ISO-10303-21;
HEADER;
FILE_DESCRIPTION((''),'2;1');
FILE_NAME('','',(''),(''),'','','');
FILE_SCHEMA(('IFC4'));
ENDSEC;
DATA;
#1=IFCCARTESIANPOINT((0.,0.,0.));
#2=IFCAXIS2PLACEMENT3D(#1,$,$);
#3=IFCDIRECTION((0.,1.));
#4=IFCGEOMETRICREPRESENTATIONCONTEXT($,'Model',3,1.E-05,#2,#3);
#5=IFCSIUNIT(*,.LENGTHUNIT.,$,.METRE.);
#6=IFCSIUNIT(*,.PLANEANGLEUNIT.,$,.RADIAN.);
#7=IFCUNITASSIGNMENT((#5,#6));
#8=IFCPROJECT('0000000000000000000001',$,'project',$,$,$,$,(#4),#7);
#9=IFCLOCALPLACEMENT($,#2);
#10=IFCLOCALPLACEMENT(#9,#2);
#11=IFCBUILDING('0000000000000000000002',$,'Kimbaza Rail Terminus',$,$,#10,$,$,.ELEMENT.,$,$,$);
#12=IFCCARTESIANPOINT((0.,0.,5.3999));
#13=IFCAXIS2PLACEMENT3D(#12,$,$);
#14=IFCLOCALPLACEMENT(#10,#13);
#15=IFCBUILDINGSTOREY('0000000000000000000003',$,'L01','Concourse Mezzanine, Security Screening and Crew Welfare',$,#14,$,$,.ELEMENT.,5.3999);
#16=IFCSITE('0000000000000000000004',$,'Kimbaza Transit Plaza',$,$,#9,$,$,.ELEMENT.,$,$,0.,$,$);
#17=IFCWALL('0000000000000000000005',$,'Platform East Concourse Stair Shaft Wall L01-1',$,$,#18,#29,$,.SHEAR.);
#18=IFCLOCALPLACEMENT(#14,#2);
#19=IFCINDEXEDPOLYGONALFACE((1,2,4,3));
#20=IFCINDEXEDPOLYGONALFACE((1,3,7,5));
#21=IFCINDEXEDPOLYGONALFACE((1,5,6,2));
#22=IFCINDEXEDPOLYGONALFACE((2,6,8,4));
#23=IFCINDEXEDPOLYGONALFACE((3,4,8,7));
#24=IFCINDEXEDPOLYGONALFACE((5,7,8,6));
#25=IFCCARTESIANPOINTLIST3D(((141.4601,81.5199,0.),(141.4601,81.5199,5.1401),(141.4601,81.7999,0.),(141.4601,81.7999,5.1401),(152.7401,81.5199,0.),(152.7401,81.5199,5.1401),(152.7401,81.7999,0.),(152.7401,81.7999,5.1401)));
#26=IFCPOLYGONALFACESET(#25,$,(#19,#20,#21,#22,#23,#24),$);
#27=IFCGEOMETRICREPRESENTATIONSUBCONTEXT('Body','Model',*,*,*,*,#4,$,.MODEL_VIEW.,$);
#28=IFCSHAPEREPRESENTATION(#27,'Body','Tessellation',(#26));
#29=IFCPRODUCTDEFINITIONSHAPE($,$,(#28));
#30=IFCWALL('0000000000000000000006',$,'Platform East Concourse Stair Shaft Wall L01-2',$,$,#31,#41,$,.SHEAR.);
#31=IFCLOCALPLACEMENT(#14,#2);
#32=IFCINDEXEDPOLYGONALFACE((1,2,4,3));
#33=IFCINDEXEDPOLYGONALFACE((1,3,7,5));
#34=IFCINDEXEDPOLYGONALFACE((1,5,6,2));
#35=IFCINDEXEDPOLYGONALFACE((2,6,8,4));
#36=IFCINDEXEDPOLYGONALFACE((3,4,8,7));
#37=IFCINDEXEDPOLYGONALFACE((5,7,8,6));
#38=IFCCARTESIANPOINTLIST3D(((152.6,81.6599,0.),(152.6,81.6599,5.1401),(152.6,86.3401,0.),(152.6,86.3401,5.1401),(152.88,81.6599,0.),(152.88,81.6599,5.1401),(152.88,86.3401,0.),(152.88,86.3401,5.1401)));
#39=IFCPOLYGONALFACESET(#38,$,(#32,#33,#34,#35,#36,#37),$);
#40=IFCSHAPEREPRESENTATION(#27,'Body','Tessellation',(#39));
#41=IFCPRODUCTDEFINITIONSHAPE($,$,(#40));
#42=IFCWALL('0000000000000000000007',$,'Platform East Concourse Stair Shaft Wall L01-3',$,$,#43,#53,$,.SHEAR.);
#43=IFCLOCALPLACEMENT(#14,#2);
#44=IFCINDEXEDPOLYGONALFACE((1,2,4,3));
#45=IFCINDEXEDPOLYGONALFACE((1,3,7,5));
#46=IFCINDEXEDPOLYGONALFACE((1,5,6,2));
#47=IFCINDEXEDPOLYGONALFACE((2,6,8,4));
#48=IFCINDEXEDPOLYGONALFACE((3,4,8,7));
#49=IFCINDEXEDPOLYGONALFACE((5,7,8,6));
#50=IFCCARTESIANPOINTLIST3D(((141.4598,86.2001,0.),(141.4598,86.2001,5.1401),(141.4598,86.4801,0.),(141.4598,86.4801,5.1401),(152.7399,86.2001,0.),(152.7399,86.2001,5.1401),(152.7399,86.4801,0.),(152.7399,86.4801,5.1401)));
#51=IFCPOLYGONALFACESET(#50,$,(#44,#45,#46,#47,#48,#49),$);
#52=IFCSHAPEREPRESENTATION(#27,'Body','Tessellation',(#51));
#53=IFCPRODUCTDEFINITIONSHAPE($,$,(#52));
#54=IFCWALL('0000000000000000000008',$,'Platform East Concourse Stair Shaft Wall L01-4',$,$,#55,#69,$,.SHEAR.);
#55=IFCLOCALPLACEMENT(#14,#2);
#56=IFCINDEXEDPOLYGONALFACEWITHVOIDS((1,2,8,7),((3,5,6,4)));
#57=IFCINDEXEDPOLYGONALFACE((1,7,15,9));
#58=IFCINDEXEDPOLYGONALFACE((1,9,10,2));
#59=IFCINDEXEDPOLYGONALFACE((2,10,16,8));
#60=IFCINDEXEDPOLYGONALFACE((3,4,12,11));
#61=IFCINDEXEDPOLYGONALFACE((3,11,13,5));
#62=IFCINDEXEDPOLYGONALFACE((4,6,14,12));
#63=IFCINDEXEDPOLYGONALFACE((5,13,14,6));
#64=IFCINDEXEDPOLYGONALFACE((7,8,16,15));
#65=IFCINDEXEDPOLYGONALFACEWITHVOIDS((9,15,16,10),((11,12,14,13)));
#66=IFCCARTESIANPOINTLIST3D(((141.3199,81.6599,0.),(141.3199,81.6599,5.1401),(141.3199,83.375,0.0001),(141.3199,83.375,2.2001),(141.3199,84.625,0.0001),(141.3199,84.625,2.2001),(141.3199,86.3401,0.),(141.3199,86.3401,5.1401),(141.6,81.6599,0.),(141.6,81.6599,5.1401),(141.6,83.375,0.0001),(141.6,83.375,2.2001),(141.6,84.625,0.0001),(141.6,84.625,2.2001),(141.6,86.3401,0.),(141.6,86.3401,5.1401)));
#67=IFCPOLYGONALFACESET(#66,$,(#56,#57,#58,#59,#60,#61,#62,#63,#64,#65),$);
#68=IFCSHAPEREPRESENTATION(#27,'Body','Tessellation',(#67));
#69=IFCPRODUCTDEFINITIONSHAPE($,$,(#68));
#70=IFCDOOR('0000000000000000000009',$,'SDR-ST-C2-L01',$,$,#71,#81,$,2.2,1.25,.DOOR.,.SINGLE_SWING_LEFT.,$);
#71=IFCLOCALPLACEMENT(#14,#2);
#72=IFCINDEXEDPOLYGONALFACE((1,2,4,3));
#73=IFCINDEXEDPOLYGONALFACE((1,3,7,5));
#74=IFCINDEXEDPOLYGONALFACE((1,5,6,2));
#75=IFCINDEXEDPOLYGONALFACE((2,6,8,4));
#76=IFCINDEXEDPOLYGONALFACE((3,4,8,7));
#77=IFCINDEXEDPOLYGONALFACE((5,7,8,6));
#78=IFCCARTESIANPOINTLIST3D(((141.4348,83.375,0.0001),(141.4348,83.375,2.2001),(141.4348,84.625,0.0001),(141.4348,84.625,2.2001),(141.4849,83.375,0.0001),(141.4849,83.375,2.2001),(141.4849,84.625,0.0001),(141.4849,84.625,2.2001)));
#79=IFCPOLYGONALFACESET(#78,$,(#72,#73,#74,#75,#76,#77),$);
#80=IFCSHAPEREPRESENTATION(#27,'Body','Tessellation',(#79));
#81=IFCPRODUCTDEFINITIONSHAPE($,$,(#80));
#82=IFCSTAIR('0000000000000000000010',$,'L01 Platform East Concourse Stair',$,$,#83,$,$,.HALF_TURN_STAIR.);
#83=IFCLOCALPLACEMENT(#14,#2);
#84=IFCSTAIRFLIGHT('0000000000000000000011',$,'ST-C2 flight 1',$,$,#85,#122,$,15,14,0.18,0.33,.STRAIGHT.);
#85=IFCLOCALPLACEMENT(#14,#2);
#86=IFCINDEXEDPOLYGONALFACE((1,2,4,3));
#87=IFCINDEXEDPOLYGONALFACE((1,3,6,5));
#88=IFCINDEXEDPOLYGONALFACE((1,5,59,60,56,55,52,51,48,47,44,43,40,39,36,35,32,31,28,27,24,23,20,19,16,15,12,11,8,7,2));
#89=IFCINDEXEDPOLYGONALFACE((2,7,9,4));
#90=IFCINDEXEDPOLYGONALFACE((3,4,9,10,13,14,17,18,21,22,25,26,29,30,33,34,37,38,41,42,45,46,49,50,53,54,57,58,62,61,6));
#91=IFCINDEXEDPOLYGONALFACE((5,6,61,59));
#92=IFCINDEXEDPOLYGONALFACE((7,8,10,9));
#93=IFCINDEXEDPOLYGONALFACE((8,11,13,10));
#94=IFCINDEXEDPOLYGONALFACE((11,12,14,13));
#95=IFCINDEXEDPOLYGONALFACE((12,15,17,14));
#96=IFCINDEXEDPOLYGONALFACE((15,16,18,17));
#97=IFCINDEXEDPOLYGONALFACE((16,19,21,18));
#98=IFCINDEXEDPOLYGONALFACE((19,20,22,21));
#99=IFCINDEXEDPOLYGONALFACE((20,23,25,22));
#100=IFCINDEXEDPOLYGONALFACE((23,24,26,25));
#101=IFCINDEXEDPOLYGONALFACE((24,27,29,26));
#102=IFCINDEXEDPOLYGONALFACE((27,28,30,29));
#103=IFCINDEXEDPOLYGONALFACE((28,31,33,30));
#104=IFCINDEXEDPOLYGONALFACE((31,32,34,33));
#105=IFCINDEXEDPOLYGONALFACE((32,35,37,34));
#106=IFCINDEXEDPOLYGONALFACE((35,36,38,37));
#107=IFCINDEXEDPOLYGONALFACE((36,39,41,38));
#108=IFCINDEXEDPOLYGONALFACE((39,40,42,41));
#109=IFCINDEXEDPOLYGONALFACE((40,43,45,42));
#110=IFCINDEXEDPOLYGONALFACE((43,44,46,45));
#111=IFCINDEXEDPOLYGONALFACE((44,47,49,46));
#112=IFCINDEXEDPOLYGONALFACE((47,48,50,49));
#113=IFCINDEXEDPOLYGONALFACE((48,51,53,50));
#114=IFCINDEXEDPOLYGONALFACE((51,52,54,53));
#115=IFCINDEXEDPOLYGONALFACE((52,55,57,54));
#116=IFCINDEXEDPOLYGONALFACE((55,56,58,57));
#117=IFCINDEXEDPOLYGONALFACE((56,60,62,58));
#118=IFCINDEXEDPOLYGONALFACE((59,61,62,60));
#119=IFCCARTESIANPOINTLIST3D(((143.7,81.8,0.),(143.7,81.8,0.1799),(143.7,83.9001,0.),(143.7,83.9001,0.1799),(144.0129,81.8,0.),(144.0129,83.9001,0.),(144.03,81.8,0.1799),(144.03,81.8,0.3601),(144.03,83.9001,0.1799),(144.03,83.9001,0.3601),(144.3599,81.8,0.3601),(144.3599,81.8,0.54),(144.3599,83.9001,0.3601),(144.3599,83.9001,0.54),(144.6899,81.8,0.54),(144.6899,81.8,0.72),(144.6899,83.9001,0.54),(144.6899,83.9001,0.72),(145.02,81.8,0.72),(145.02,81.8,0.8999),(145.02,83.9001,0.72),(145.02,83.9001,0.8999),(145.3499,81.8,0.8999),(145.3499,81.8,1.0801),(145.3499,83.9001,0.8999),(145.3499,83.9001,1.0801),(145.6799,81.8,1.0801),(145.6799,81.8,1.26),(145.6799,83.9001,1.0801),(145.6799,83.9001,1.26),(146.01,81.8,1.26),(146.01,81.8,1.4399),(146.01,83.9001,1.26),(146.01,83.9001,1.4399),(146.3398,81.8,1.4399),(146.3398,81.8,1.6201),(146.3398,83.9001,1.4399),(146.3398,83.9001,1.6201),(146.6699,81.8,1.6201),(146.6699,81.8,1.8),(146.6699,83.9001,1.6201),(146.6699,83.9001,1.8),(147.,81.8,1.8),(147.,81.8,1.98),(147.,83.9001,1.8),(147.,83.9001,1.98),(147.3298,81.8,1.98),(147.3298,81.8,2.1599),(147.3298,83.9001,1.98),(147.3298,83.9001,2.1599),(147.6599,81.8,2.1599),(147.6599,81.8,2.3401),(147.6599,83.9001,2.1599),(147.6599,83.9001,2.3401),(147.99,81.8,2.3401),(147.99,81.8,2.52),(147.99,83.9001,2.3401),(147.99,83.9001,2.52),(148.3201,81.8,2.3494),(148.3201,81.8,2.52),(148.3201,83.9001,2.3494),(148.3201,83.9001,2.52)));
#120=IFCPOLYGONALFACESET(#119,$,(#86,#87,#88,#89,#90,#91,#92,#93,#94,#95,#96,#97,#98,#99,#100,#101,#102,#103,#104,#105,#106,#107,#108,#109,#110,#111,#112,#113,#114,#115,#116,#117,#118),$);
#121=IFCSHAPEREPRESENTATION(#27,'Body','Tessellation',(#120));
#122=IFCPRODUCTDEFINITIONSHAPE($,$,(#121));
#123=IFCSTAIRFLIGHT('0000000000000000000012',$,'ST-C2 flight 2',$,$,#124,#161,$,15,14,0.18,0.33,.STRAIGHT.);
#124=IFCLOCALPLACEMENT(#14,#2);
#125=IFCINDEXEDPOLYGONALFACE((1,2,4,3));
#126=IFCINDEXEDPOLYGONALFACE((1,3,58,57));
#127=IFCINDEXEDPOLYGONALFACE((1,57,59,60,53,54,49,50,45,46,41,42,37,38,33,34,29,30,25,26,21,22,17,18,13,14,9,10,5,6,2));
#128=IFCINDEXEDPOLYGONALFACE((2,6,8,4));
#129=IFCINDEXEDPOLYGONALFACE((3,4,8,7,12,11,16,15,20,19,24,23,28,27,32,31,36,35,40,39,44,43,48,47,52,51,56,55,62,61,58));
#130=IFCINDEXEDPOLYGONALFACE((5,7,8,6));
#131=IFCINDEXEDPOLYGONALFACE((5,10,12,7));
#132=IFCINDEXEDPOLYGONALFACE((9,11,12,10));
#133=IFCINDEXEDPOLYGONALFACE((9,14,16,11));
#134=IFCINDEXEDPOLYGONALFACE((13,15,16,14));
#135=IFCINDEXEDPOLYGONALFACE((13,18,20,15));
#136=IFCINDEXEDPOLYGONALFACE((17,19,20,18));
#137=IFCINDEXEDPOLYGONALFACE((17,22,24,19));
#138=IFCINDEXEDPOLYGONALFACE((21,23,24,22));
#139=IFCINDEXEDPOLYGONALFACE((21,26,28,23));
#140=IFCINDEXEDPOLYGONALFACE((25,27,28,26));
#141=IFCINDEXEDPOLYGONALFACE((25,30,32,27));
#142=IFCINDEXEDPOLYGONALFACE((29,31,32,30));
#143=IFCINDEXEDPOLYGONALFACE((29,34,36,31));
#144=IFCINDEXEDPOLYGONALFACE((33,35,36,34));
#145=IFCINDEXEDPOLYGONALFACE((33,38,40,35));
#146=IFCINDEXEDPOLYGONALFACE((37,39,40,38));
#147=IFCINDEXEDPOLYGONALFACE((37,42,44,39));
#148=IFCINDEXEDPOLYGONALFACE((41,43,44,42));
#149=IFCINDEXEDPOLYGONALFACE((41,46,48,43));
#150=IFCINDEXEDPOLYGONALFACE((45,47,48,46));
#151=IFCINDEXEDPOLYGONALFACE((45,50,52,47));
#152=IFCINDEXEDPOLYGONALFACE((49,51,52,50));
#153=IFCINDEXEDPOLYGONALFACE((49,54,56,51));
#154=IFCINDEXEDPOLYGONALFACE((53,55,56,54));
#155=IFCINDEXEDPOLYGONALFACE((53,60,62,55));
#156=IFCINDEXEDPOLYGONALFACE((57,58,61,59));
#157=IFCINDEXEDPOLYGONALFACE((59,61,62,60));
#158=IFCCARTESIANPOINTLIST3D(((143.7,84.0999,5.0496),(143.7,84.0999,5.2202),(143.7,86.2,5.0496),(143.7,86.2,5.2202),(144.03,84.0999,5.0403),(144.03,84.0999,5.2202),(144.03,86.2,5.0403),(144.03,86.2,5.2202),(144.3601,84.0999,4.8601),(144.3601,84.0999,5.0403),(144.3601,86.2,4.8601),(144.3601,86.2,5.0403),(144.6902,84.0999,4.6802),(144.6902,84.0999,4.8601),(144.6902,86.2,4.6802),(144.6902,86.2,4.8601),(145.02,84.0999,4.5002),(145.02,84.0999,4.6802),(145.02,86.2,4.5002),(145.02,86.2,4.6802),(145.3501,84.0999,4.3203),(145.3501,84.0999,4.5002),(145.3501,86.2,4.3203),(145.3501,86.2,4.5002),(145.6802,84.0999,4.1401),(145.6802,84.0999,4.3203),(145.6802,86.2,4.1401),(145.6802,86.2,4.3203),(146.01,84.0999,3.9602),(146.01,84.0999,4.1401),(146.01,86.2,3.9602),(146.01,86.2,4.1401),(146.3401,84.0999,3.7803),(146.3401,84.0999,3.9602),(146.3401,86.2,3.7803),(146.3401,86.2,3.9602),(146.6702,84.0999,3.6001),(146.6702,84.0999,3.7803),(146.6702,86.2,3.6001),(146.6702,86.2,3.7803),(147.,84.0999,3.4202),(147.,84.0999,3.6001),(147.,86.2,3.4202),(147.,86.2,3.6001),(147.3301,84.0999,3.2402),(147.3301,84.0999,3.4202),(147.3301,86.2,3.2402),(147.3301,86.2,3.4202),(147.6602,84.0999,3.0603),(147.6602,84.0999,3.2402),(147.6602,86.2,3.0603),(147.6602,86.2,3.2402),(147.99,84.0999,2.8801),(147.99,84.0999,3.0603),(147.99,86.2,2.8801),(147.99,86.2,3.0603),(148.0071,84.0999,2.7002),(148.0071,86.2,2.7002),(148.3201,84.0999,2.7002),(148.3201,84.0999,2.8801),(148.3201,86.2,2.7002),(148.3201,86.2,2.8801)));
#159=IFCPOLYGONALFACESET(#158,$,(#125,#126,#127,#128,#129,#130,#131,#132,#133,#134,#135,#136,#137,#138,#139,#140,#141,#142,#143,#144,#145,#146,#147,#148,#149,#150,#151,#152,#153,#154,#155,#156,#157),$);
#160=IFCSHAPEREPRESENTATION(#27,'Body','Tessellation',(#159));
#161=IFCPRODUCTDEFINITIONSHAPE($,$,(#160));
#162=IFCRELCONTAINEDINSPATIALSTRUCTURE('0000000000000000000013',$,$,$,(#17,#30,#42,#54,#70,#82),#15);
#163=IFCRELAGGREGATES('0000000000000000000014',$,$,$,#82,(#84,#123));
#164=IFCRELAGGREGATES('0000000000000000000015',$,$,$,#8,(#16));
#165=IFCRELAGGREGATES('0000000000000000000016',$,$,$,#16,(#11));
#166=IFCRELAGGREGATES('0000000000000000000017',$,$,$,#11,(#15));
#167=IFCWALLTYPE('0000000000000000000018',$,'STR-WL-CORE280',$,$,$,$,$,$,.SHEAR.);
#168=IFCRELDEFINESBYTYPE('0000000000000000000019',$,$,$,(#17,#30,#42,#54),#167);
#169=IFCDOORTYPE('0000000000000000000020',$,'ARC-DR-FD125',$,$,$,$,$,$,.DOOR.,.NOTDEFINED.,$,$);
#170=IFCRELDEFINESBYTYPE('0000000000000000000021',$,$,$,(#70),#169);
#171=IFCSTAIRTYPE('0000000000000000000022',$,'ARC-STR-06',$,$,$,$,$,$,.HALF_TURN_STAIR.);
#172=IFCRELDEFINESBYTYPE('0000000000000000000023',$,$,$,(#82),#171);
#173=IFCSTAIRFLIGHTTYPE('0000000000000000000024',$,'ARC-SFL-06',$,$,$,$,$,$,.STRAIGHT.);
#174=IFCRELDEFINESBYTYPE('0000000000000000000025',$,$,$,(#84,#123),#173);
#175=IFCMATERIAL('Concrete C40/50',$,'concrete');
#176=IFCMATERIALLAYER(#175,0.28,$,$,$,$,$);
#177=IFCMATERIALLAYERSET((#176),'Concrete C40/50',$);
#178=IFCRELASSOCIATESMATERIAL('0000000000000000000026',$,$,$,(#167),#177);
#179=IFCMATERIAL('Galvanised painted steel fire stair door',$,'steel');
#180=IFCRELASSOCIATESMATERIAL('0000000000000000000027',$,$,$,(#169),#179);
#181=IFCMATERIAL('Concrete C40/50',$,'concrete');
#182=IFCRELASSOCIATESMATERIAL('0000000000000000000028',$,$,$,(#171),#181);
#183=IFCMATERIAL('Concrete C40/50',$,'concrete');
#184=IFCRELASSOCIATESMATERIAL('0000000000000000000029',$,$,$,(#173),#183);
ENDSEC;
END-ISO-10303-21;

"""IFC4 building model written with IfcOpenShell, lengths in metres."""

from ifc_helpers import new_model, si_unit, direction, frame, frame_2d, origin, place, context, subcontext, project, spatial, polyline, rectangle, outline, extrude, material, layer, layer_set, type_object, element, fill, aggregate, save


model = new_model("IFC4")

# Units and contexts
model_context = context("Model", 3, precision=1e-05, world=origin(), true_north=direction((0.0, 1.0)))
body_context = subcontext(model_context, "Body", "Model", "MODEL_VIEW")
ifc_project = project(units=[si_unit("LENGTHUNIT", "METRE"), si_unit("PLANEANGLEUNIT", "RADIAN")], contexts=[model_context])

# Site, building, storey
site_placement = place(None, origin())
site = spatial("IfcSite", under=ifc_project, at=site_placement, Name="Kimbaza Transit Plaza", CompositionType="ELEMENT", RefElevation=0.0)
building_placement = place(site_placement, origin())
building = spatial("IfcBuilding", under=site, at=building_placement, Name="Kimbaza Rail Terminus", CompositionType="ELEMENT")
storey_placement = place(building_placement, frame((0.0, 0.0, 5.3999)))
storey = spatial("IfcBuildingStorey", under=building, at=storey_placement, Name="L01", Description="Concourse Mezzanine, Security Screening and Crew Welfare", CompositionType="ELEMENT", Elevation=5.3999)

# Walls
ifc_material_1 = material(Name="Concrete C40/50", Category="concrete")
ifc_layer_1 = layer(ifc_material_1, 0.28)
ifc_layer_set_1 = layer_set([ifc_layer_1], Name="Concrete C40/50")
wall_type_1 = type_object("IfcWallType", Name="STR-WL-CORE280", PredefinedType="SHEAR", material=ifc_layer_set_1)
wall_1_placement = place(storey_placement, frame((141.46, 81.6599, 0.0), z_axis=(0.0, 0.0, 1.0), x_axis=(1.0, 0.0, 0.0)))
element("IfcWall", 1, at=wall_1_placement, inside=storey, type_object=wall_type_1, Name="Platform East Concourse Stair Shaft Wall L01-1", PredefinedType="SHEAR", context=body_context, shape_type="SweptSolid", body=[
    extrude(rectangle(XDim=11.28, YDim=0.28, at=frame_2d((5.6401, 0.0))), origin(), (0.0, 0.0, 1.0), 5.1401),
])
wall_2_placement = place(storey_placement, frame((152.74, 81.6599, 0.0), z_axis=(0.0, 0.0, 1.0), x_axis=(0.0, 1.0, 0.0)))
element("IfcWall", 2, at=wall_2_placement, inside=storey, type_object=wall_type_1, Name="Platform East Concourse Stair Shaft Wall L01-2", PredefinedType="SHEAR", context=body_context, shape_type="SweptSolid", body=[
    extrude(rectangle(XDim=4.6802, YDim=0.28, at=frame_2d((2.3401, 0.0))), origin(), (0.0, 0.0, 1.0), 5.1401),
])
wall_3_placement = place(storey_placement, frame((152.74, 86.3401, 0.0), z_axis=(0.0, 0.0, 1.0), x_axis=(-1.0, 0.0, 0.0)))
element("IfcWall", 3, at=wall_3_placement, inside=storey, type_object=wall_type_1, Name="Platform East Concourse Stair Shaft Wall L01-3", PredefinedType="SHEAR", context=body_context, shape_type="SweptSolid", body=[
    extrude(rectangle(XDim=11.28, YDim=0.28, at=frame_2d((5.6401, 0.0))), origin(), (0.0, 0.0, 1.0), 5.1401),
])

# Wall, opening, door
wall_4_placement = place(storey_placement, frame((141.46, 86.3401, 0.0), z_axis=(0.0, 0.0, 1.0), x_axis=(0.0, -1.0, 0.0)))
wall_4 = element("IfcWall", 4, at=wall_4_placement, inside=storey, type_object=wall_type_1, Name="Platform East Concourse Stair Shaft Wall L01-4", PredefinedType="SHEAR", context=body_context, shape_type="SweptSolid", body=[
    extrude(rectangle(XDim=4.6802, YDim=0.28, at=frame_2d((2.3401, 0.0))), origin(), (0.0, 0.0, 1.0), 5.1401),
])
opening_1_placement = place(wall_4_placement, frame((1.7151, 0.0, 0.0)))
opening_1 = element("IfcOpeningElement", 5, at=opening_1_placement, cuts=wall_4, PredefinedType="OPENING", context=body_context, shape_type="SweptSolid", body=[
    extrude(rectangle(XDim=1.25, YDim=2.2, at=frame_2d((0.625, 1.1001))), frame((0.0, 0.1499, 0.0), z_axis=(0.0, -1.0, 0.0), x_axis=(1.0, 0.0, 0.0)), (0.0, 0.0, 1.0), 0.3),
])
ifc_material_2 = material(Name="Galvanised painted steel fire stair door", Category="steel")
door_type_1 = type_object("IfcDoorType", Name="ARC-DR-FD125", OperationType="NOTDEFINED", PredefinedType="DOOR", material=ifc_material_2)
door_1_placement = place(opening_1_placement, origin())
door_1 = element("IfcDoor", 6, at=door_1_placement, inside=storey, type_object=door_type_1, Name="SDR-ST-C2-L01", OperationType="SINGLE_SWING_LEFT", OverallHeight=2.2, OverallWidth=1.25, PredefinedType="DOOR", context=body_context, shape_type="SweptSolid", body=[
    extrude(rectangle(XDim=1.25, YDim=2.2, at=frame_2d((0.625, 1.1001))), frame((0.0, 0.0249, 0.0), z_axis=(0.0, -1.0, 0.0), x_axis=(1.0, 0.0, 0.0)), (0.0, 0.0, 1.0), 0.05),
])
fill(opening_1, door_1)

# Stair, stair flights
ifc_material_3 = material(Name="Concrete C40/50", Category="concrete")
stair_type = type_object("IfcStairType", Name="ARC-STR-06", PredefinedType="HALF_TURN_STAIR", material=ifc_material_3)
stair_placement = place(storey_placement, origin())
stair = element("IfcStair", 7, at=stair_placement, inside=storey, type_object=stair_type, Name="L01 Platform East Concourse Stair", PredefinedType="HALF_TURN_STAIR")
ifc_material_4 = material(Name="Concrete C40/50", Category="concrete")
stair_flight_type = type_object("IfcStairFlightType", Name="ARC-SFL-06", PredefinedType="STRAIGHT", material=ifc_material_4)
stair_flight_1_placement = place(storey_placement, frame((143.7, 82.8501, 0.0), z_axis=(0.0, 0.0, 1.0), x_axis=(1.0, 0.0, 0.0)))
stair_flight_1 = element("IfcStairFlight", 8, at=stair_flight_1_placement, type_object=stair_flight_type, Name="ST-C2 flight 1", NumberOfRisers=15, NumberOfTreads=14, PredefinedType="STRAIGHT", RiserHeight=0.18, TreadLength=0.33, context=body_context, shape_type="SweptSolid", body=[
    extrude(outline(polyline([(0.0, 0.0), (0.0, 0.1799), (0.3301, 0.1799), (0.3301, 0.3601), (0.6599, 0.3601), (0.6599, 0.54), (0.99, 0.54), (0.99, 0.72), (1.3201, 0.72), (1.3201, 0.8999), (1.6499, 0.8999), (1.6499, 1.0801), (1.98, 1.0801), (1.98, 1.26), (2.3101, 1.26), (2.3101, 1.4399), (2.6399, 1.4399), (2.6399, 1.6201), (2.97, 1.6201), (2.97, 1.8), (3.3, 1.8), (3.3, 1.98), (3.6299, 1.98), (3.6299, 2.1599), (3.96, 2.1599), (3.96, 2.3401), (4.29, 2.3401), (4.29, 2.52), (4.6201, 2.52), (4.6201, 2.7), (4.6201, 2.3494), (0.313, 0.0), (0.0, 0.0)])), frame((0.0, 1.05, 0.0), z_axis=(0.0, -1.0, 0.0), x_axis=(1.0, 0.0, 0.0)), (0.0, 0.0, 1.0), 2.1001),
])
stair_flight_2_placement = place(storey_placement, frame((148.3201, 85.1499, 2.7002), z_axis=(0.0, 0.0, 1.0), x_axis=(-1.0, 0.0, 0.0)))
stair_flight_2 = element("IfcStairFlight", 9, at=stair_flight_2_placement, type_object=stair_flight_type, Name="ST-C2 flight 2", NumberOfRisers=15, NumberOfTreads=14, PredefinedType="STRAIGHT", RiserHeight=0.18, TreadLength=0.33, context=body_context, shape_type="SweptSolid", body=[
    extrude(outline(polyline([(0.0, 0.0), (0.0, 0.1799), (0.3301, 0.1799), (0.3301, 0.3601), (0.6599, 0.3601), (0.6599, 0.54), (0.99, 0.54), (0.99, 0.72), (1.3201, 0.72), (1.3201, 0.8999), (1.6499, 0.8999), (1.6499, 1.0801), (1.98, 1.0801), (1.98, 1.26), (2.3101, 1.26), (2.3101, 1.4399), (2.6399, 1.4399), (2.6399, 1.6201), (2.97, 1.6201), (2.97, 1.8), (3.3, 1.8), (3.3, 1.98), (3.6299, 1.98), (3.6299, 2.1599), (3.96, 2.1599), (3.96, 2.3401), (4.29, 2.3401), (4.29, 2.52), (4.6201, 2.52), (4.6201, 2.7), (4.6201, 2.3494), (0.313, 0.0), (0.0, 0.0)])), frame((0.0, 1.05, 0.0), z_axis=(0.0, -1.0, 0.0), x_axis=(1.0, 0.0, 0.0)), (0.0, 0.0, 1.0), 2.1001),
])
aggregate(stair, [stair_flight_1, stair_flight_2])

save(model, "model.ifc")
